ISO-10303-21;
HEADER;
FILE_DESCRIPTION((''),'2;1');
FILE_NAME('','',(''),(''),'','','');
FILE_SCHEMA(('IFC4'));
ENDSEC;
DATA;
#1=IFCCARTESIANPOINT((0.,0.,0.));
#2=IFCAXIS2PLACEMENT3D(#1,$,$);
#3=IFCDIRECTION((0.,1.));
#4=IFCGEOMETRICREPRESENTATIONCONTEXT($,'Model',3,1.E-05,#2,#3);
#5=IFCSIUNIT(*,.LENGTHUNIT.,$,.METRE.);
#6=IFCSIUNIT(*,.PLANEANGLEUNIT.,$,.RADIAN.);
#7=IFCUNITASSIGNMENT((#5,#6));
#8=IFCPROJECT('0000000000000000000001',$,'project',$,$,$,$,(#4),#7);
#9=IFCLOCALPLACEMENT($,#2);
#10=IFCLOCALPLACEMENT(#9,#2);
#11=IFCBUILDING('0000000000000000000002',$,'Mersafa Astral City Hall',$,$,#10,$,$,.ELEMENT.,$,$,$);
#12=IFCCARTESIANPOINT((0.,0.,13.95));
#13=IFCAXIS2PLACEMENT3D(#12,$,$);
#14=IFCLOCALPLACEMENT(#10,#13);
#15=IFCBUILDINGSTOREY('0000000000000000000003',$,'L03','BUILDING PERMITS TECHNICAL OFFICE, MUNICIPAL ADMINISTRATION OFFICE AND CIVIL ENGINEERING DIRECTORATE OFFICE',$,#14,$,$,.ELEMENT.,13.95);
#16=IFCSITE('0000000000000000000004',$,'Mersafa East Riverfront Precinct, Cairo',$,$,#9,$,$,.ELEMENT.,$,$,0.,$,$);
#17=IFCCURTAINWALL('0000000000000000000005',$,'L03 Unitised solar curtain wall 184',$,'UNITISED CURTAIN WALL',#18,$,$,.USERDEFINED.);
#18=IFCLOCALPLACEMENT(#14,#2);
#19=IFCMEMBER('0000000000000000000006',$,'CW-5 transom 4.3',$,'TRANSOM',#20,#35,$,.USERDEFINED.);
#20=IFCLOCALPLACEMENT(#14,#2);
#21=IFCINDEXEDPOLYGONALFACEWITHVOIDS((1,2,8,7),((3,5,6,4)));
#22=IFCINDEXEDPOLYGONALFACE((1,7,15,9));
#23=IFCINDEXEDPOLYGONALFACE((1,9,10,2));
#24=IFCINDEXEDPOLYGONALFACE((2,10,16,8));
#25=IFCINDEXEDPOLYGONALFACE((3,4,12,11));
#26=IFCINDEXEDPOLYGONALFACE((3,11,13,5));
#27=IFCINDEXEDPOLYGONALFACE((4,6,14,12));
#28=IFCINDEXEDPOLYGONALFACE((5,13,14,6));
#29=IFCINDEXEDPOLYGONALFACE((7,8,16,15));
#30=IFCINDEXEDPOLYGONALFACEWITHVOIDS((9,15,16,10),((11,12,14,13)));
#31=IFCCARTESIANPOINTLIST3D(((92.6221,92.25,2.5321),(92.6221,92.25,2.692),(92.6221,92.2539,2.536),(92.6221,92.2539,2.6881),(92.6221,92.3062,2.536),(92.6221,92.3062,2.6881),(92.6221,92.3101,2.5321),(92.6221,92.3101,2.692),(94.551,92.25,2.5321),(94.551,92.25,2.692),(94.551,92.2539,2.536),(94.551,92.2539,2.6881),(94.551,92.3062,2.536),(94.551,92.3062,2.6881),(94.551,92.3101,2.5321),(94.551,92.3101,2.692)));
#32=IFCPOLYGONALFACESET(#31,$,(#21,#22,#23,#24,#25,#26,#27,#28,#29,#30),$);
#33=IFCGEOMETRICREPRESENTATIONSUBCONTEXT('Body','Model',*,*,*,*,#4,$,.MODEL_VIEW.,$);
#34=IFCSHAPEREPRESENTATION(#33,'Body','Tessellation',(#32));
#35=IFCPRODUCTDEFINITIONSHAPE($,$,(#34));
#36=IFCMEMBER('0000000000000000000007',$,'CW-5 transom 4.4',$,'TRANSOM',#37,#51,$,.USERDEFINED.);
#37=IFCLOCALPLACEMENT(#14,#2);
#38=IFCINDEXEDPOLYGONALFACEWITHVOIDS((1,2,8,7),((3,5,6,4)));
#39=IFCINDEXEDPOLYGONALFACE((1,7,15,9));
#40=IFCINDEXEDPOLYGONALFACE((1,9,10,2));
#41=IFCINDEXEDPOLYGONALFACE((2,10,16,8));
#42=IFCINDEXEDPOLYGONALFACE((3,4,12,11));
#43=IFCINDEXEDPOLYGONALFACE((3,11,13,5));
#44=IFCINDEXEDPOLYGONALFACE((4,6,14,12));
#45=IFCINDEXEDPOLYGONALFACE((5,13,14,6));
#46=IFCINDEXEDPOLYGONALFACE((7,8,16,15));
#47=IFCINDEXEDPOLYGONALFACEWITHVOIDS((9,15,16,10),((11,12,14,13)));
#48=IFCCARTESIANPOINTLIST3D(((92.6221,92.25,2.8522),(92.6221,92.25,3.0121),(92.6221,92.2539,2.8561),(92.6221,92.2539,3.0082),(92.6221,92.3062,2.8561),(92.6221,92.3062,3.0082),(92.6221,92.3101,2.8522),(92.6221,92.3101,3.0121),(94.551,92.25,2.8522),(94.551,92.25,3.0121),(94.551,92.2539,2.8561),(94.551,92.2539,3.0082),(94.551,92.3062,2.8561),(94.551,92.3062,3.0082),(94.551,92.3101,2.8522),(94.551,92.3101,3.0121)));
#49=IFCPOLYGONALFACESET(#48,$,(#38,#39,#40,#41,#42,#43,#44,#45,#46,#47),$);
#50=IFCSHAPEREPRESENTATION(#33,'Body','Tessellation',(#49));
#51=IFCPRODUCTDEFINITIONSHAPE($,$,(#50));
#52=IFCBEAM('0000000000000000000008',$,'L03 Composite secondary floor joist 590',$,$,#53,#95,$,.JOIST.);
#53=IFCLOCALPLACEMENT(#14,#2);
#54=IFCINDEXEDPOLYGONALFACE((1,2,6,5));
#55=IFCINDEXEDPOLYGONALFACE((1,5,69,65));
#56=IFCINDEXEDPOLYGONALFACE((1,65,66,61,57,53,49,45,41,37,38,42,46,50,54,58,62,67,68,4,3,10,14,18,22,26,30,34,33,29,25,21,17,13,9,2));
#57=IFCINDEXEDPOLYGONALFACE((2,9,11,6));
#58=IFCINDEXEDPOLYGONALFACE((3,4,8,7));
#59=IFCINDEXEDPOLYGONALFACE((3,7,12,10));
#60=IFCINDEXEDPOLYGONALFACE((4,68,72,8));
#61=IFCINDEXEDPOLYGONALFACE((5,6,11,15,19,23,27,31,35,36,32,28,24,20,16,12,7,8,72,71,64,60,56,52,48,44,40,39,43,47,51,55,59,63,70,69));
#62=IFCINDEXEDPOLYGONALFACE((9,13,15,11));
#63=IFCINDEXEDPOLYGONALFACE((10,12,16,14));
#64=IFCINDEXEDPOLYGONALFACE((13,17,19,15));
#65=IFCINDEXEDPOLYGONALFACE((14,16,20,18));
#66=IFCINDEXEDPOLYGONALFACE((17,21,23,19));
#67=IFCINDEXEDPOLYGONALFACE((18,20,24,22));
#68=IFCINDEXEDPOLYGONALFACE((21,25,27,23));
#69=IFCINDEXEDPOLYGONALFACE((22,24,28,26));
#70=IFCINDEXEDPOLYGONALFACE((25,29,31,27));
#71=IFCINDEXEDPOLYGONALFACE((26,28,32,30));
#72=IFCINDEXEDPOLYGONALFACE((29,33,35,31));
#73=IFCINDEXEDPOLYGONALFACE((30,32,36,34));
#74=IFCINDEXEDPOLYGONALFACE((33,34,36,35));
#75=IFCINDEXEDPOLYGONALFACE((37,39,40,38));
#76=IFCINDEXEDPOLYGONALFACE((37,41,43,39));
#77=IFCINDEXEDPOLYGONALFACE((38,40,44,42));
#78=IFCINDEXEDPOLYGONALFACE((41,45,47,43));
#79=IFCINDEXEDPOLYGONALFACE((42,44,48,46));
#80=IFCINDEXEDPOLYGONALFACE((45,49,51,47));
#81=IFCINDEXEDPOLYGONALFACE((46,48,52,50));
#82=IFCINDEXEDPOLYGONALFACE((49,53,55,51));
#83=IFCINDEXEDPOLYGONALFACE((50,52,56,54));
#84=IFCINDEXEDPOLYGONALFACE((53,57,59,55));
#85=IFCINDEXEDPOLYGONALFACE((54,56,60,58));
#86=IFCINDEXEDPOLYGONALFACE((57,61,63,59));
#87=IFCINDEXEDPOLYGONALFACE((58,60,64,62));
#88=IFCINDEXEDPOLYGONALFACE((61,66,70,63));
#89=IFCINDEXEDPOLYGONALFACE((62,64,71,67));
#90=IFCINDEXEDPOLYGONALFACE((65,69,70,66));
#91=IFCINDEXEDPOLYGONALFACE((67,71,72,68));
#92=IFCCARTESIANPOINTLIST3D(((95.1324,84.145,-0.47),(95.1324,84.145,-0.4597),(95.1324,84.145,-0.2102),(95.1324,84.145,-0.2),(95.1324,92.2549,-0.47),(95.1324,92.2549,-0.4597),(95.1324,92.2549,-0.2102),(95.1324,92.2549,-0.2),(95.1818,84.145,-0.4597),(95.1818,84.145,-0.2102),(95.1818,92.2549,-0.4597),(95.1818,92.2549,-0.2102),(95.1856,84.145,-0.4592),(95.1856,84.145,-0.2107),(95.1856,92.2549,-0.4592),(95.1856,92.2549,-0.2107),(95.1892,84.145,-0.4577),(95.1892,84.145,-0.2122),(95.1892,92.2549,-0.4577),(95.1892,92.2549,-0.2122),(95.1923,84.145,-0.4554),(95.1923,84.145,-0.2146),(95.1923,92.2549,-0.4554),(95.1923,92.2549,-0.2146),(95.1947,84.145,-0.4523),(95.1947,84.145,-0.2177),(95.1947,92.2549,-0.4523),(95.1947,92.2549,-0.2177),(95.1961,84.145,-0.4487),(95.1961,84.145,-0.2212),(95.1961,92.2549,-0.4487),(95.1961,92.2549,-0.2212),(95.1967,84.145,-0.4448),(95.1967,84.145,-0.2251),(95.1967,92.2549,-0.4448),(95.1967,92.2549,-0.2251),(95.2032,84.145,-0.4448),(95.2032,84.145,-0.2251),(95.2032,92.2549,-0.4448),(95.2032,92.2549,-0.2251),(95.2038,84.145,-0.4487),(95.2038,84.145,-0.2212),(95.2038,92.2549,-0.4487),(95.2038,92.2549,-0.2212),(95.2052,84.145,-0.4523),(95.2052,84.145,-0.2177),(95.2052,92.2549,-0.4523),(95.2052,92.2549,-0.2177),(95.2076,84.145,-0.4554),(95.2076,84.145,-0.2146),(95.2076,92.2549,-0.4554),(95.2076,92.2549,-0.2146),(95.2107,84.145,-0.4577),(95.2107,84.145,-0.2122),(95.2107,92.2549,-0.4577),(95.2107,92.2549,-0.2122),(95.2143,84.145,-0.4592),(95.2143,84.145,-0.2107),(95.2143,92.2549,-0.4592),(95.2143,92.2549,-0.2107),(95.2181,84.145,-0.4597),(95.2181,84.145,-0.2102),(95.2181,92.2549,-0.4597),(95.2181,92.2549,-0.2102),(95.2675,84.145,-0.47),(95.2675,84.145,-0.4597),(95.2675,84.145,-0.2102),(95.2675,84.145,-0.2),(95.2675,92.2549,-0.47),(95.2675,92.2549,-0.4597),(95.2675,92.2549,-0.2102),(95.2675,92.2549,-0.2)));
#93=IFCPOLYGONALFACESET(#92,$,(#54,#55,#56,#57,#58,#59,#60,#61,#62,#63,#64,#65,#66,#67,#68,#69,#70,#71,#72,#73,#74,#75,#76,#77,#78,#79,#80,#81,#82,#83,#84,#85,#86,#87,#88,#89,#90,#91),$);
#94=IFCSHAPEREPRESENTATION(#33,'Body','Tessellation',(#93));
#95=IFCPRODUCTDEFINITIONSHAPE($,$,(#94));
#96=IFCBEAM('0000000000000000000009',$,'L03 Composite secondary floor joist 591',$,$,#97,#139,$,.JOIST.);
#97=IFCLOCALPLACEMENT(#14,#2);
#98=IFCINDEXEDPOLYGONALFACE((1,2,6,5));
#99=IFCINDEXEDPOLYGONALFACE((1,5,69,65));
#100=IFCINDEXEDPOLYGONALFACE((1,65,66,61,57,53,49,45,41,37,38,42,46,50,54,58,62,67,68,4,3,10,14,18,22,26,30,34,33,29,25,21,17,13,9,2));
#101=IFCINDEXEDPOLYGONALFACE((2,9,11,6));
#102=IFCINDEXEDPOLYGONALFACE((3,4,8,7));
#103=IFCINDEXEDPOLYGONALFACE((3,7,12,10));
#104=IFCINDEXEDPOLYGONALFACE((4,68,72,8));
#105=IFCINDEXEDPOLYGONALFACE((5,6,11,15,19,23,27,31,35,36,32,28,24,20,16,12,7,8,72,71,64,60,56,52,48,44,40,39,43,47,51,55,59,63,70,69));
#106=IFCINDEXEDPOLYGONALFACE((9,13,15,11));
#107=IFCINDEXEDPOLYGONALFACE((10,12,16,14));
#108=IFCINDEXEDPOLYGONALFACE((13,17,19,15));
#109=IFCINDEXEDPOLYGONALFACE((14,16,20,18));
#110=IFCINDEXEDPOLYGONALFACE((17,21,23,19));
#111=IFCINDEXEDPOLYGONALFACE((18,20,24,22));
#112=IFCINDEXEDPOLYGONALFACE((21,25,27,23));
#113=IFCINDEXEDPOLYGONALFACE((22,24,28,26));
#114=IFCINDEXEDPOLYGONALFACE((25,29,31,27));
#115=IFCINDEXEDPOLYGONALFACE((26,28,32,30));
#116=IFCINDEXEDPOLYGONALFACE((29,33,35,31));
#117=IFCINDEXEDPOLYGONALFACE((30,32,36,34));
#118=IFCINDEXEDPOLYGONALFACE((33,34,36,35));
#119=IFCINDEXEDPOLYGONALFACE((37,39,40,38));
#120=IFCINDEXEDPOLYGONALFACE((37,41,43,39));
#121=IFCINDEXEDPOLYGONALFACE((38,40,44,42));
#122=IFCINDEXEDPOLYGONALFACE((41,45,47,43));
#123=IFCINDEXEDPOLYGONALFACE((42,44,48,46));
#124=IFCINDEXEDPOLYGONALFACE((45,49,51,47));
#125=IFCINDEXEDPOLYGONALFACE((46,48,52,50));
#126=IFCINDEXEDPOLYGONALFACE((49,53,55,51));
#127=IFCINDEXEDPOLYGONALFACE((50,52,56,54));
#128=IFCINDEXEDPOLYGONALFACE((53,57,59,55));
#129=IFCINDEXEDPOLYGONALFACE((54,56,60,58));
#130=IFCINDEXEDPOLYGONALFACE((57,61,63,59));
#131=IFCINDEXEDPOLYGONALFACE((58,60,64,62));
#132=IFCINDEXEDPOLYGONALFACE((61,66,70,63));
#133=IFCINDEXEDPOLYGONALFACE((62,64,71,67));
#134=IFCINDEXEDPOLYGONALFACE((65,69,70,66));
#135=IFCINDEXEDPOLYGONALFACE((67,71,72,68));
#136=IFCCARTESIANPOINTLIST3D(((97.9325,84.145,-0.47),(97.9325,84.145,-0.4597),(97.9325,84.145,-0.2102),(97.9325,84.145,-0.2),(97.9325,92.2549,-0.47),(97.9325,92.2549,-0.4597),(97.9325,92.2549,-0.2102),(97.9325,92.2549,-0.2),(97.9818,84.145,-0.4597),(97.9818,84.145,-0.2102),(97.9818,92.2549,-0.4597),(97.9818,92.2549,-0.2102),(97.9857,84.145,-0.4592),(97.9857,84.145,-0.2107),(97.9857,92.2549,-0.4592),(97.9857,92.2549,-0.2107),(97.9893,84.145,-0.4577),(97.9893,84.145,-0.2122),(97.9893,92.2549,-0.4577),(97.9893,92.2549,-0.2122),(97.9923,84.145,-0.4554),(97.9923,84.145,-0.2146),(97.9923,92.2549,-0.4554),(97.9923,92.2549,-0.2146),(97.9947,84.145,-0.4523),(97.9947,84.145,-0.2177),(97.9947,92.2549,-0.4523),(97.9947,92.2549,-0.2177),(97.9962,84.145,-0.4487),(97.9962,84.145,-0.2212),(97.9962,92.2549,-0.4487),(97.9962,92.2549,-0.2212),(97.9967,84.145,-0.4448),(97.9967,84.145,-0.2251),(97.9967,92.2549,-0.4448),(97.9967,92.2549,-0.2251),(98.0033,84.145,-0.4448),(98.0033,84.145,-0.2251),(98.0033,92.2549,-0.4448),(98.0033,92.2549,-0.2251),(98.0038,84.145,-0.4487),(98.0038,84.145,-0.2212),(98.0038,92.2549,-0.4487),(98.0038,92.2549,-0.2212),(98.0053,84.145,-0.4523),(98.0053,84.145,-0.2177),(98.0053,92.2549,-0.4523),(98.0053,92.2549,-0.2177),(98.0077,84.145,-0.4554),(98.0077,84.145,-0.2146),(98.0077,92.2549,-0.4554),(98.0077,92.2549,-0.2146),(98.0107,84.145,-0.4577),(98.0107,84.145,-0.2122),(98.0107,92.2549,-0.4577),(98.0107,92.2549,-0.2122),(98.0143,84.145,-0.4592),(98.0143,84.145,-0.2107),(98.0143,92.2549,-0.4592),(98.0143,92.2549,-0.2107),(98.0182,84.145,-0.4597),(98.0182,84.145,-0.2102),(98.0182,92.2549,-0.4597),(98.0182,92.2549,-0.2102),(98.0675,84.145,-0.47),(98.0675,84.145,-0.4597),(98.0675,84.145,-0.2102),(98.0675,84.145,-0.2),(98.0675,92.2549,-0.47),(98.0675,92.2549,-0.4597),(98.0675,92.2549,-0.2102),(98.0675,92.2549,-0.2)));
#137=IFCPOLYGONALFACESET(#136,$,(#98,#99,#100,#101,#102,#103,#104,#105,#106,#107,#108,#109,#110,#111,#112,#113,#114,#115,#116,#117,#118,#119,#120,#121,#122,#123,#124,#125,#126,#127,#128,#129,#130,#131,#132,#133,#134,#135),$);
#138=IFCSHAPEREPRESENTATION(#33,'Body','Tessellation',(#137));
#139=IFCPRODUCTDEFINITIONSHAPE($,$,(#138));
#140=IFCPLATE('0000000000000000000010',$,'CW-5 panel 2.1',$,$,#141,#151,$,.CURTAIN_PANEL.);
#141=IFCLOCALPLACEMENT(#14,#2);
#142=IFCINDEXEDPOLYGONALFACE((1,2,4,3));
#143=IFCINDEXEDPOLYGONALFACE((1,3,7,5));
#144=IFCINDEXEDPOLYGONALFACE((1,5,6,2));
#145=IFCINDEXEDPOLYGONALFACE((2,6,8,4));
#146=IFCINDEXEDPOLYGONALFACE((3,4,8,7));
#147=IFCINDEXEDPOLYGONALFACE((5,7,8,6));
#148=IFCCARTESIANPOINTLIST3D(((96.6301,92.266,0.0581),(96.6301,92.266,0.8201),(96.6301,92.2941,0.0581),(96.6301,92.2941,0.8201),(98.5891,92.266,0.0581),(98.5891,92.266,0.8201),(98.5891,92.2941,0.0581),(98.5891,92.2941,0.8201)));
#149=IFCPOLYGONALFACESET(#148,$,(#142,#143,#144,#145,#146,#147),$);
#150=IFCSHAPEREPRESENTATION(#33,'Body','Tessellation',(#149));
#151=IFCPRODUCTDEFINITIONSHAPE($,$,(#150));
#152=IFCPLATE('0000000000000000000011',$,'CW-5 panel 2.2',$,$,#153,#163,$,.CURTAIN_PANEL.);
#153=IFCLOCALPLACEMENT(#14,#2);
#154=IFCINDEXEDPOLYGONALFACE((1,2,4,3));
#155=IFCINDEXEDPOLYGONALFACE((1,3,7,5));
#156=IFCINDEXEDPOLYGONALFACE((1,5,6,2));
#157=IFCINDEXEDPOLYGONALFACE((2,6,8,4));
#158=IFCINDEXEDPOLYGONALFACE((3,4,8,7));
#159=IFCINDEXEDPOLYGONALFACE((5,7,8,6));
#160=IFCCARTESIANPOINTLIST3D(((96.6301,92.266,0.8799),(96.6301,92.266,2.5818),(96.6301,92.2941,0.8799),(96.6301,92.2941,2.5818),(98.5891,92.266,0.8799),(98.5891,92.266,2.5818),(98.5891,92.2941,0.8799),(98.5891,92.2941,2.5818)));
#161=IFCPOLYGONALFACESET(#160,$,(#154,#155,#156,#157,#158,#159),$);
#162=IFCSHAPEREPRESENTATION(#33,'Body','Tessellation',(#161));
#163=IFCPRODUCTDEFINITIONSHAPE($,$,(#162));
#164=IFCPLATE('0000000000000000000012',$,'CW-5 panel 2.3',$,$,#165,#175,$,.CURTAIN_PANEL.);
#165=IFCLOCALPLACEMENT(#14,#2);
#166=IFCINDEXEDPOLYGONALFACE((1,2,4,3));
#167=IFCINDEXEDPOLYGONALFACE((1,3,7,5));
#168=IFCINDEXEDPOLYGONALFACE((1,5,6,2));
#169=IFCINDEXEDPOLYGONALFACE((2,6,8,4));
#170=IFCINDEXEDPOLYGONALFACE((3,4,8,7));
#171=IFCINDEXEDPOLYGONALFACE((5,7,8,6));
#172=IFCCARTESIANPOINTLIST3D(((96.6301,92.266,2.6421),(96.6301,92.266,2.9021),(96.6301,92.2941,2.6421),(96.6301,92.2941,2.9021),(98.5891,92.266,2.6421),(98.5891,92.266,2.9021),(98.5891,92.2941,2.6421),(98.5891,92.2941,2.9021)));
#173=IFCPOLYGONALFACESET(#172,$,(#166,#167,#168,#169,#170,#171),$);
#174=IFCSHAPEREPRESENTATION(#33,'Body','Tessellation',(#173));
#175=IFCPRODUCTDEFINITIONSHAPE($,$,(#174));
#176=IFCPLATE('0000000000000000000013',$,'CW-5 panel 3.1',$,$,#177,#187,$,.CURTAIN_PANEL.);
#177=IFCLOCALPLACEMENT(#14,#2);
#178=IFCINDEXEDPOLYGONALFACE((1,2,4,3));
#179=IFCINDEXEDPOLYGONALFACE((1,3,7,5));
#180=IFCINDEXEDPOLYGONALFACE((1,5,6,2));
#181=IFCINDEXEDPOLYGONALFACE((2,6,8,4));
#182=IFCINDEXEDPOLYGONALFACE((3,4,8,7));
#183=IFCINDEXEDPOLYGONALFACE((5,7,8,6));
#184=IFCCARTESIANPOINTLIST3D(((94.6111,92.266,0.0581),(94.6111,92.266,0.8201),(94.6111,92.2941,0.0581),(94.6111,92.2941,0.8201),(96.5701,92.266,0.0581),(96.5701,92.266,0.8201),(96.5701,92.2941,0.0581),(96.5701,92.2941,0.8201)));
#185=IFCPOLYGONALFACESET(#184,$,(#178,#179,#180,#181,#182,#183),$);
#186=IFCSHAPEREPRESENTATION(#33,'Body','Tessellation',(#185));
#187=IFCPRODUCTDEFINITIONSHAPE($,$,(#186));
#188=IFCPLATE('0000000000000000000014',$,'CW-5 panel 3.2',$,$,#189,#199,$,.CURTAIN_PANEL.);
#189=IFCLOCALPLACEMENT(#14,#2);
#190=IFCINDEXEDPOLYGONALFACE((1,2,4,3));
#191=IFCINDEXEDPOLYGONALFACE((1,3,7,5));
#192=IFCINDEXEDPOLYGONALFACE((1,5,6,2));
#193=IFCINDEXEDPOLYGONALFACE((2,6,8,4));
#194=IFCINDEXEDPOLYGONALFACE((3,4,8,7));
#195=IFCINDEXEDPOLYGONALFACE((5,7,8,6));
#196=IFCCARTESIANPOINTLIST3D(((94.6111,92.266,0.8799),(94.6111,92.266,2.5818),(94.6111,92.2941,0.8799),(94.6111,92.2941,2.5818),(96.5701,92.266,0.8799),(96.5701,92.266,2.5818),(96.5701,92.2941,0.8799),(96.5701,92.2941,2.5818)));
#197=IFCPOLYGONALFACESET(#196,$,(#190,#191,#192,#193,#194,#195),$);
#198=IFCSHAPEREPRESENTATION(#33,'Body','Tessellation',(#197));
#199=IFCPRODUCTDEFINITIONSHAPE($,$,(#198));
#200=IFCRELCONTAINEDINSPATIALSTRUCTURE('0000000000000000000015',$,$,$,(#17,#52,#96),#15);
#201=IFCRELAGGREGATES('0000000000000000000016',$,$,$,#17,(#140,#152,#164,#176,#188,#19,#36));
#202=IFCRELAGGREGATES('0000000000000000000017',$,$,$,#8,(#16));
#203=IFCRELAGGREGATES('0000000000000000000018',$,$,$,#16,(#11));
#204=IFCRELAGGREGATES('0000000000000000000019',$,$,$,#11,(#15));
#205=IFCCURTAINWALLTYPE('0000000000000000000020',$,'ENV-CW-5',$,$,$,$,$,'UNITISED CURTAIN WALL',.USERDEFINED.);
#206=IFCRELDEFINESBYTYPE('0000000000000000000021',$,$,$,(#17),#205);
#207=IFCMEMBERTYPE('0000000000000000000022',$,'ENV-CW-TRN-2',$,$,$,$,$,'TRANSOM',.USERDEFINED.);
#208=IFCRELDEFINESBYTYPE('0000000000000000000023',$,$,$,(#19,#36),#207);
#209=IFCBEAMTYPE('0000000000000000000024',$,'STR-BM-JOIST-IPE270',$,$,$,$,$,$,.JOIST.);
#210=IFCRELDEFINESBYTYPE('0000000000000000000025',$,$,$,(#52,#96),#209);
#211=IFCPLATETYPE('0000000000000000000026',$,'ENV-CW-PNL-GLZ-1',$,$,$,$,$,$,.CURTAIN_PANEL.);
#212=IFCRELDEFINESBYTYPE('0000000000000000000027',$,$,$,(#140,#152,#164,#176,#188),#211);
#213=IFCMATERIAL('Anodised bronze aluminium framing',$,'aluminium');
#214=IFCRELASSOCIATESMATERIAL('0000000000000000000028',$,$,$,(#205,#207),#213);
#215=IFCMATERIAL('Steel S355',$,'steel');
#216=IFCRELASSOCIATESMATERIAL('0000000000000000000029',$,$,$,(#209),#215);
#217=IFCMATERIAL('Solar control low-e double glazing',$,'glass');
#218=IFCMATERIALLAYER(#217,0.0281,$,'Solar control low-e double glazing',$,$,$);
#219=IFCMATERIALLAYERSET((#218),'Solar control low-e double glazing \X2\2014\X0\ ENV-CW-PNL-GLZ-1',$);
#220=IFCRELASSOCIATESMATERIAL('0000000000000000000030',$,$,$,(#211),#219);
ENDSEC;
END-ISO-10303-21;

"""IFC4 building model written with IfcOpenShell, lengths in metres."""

from ifc_helpers import new_model, si_unit, direction, frame, origin, origin_2d, place, context, subcontext, project, spatial, rectangle, hollow_rectangle, i_section, extrude, material, layer, layer_set, material_profile, profile_set, type_object, element, aggregate, save


model = new_model("IFC4")

# Units and contexts
model_context = context("Model", 3, precision=1e-05, world=origin(), true_north=direction((0.0, 1.0)))
body_context = subcontext(model_context, "Body", "Model", "MODEL_VIEW")
ifc_project = project(units=[si_unit("LENGTHUNIT", "METRE"), si_unit("PLANEANGLEUNIT", "RADIAN")], contexts=[model_context])

# Site, building, storey
site_placement = place(None, origin())
site = spatial("IfcSite", under=ifc_project, at=site_placement, Name="Mersafa East Riverfront Precinct, Cairo", CompositionType="ELEMENT", RefElevation=0.0)
building_placement = place(site_placement, origin())
building = spatial("IfcBuilding", under=site, at=building_placement, Name="Mersafa Astral City Hall", CompositionType="ELEMENT")
storey_placement = place(building_placement, frame((0.0, 0.0, 13.95)))
storey = spatial("IfcBuildingStorey", under=building, at=storey_placement, Name="L03", Description="BUILDING PERMITS TECHNICAL OFFICE, MUNICIPAL ADMINISTRATION OFFICE AND CIVIL ENGINEERING DIRECTORATE OFFICE", CompositionType="ELEMENT", Elevation=13.95)

# Curtain wall, members
ifc_material_1 = material(Name="Anodised bronze aluminium framing", Category="aluminium")
curtain_wall_type = type_object("IfcCurtainWallType", Name="ENV-CW-5", ElementType="UNITISED CURTAIN WALL", PredefinedType="USERDEFINED", material=ifc_material_1)
curtain_wall_placement = place(storey_placement, origin())
curtain_wall = element("IfcCurtainWall", 1, at=curtain_wall_placement, inside=storey, type_object=curtain_wall_type, Name="L03 Unitised solar curtain wall 184", ObjectType="UNITISED CURTAIN WALL", PredefinedType="USERDEFINED")
ifc_material_profile_1 = material_profile(ifc_material_1, hollow_rectangle(XDim=0.0601, YDim=0.1599, WallThickness=0.0039, at=origin_2d()), Name="RHS 60x160x4")
ifc_profile_set_1 = profile_set([ifc_material_profile_1], Name="Anodised bronze aluminium framing")
member_type_1 = type_object("IfcMemberType", Name="ENV-CW-TRN-2", ElementType="TRANSOM", PredefinedType="USERDEFINED", material=ifc_profile_set_1)
member_1_placement = place(storey_placement, frame((94.551, 92.28, 2.6121), z_axis=(-1.0, 0.0, 0.0), x_axis=(0.0, -1.0, 0.0)))
member_1 = element("IfcMember", 2, at=member_1_placement, type_object=member_type_1, Name="CW-5 transom 4.3", ObjectType="TRANSOM", PredefinedType="USERDEFINED", context=body_context, shape_type="SweptSolid", body=[
    extrude(hollow_rectangle(XDim=0.0601, YDim=0.1599, WallThickness=0.0039, at=origin_2d()), origin(), (0.0, 0.0, 1.0), 1.929),
])
member_2_placement = place(storey_placement, frame((94.551, 92.28, 2.9321), z_axis=(-1.0, 0.0, 0.0), x_axis=(0.0, -1.0, 0.0)))
member_2 = element("IfcMember", 3, at=member_2_placement, type_object=member_type_1, Name="CW-5 transom 4.4", ObjectType="TRANSOM", PredefinedType="USERDEFINED", context=body_context, shape_type="SweptSolid", body=[
    extrude(hollow_rectangle(XDim=0.0601, YDim=0.1599, WallThickness=0.0039, at=origin_2d()), origin(), (0.0, 0.0, 1.0), 1.929),
])

# Beams
ifc_material_2 = material(Name="Steel S355", Category="steel")
ifc_material_profile_2 = material_profile(ifc_material_2, i_section(OverallWidth=0.135, OverallDepth=0.27, WebThickness=0.0066, FlangeThickness=0.0103, FilletRadius=0.0149, at=origin_2d()), Name="IPE 270")
ifc_profile_set_2 = profile_set([ifc_material_profile_2], Name="Steel S355")
beam_type = type_object("IfcBeamType", Name="STR-BM-JOIST-IPE270", PredefinedType="JOIST", material=ifc_profile_set_2)
for number, where, z_axis, x_axis, name in (
    (4, (95.2, 84.145, -0.335), (0.0, 1.0, 0.0), (-1.0, 0.0, 0.0), "L03 Composite secondary floor joist 590"),
    (5, (98.0, 84.145, -0.335), (0.0, 1.0, 0.0), (-1.0, 0.0, 0.0), "L03 Composite secondary floor joist 591"),
):
    element("IfcBeam", number, at=place(storey_placement, frame(where, z_axis=z_axis, x_axis=x_axis)), inside=storey, type_object=beam_type, Name=name, PredefinedType="JOIST", context=body_context, shape_type="SweptSolid", body=[
        extrude(i_section(OverallWidth=0.135, OverallDepth=0.27, WebThickness=0.0066, FlangeThickness=0.0103, FilletRadius=0.0149, at=origin_2d()), origin(), (0.0, 0.0, 1.0), 8.1099),
    ])

# Plates
ifc_material_3 = material(Name="Solar control low-e double glazing", Category="glass")
ifc_layer = layer(ifc_material_3, 0.0281, Name="Solar control low-e double glazing")
ifc_layer_set = layer_set([ifc_layer], Name="Solar control low-e double glazing — ENV-CW-PNL-GLZ-1")
plate_type = type_object("IfcPlateType", Name="ENV-CW-PNL-GLZ-1", PredefinedType="CURTAIN_PANEL", material=ifc_layer_set)
plate_1_placement = place(storey_placement, frame((97.6096, 92.28, 0.0581), z_axis=(0.0, 0.0, 1.0), x_axis=(-1.0, 0.0, 0.0)))
plate_1 = element("IfcPlate", 6, at=plate_1_placement, type_object=plate_type, Name="CW-5 panel 2.1", PredefinedType="CURTAIN_PANEL", context=body_context, shape_type="SweptSolid", body=[
    extrude(rectangle(XDim=1.959, YDim=0.0281, at=origin_2d()), origin(), (0.0, 0.0, 1.0), 0.762),
])
plate_2_placement = place(storey_placement, frame((97.6096, 92.28, 0.8799), z_axis=(0.0, 0.0, 1.0), x_axis=(-1.0, 0.0, 0.0)))
plate_2 = element("IfcPlate", 7, at=plate_2_placement, type_object=plate_type, Name="CW-5 panel 2.2", PredefinedType="CURTAIN_PANEL", context=body_context, shape_type="SweptSolid", body=[
    extrude(rectangle(XDim=1.959, YDim=0.0281, at=origin_2d()), origin(), (0.0, 0.0, 1.0), 1.7019),
])
plate_3_placement = place(storey_placement, frame((97.6096, 92.28, 2.6421), z_axis=(0.0, 0.0, 1.0), x_axis=(-1.0, 0.0, 0.0)))
plate_3 = element("IfcPlate", 8, at=plate_3_placement, type_object=plate_type, Name="CW-5 panel 2.3", PredefinedType="CURTAIN_PANEL", context=body_context, shape_type="SweptSolid", body=[
    extrude(rectangle(XDim=1.959, YDim=0.0281, at=origin_2d()), origin(), (0.0, 0.0, 1.0), 0.26),
])
plate_4_placement = place(storey_placement, frame((95.5906, 92.28, 0.0581), z_axis=(0.0, 0.0, 1.0), x_axis=(-1.0, 0.0, 0.0)))
plate_4 = element("IfcPlate", 9, at=plate_4_placement, type_object=plate_type, Name="CW-5 panel 3.1", PredefinedType="CURTAIN_PANEL", context=body_context, shape_type="SweptSolid", body=[
    extrude(rectangle(XDim=1.959, YDim=0.0281, at=origin_2d()), origin(), (0.0, 0.0, 1.0), 0.762),
])
plate_5_placement = place(storey_placement, frame((95.5906, 92.28, 0.8799), z_axis=(0.0, 0.0, 1.0), x_axis=(-1.0, 0.0, 0.0)))
plate_5 = element("IfcPlate", 10, at=plate_5_placement, type_object=plate_type, Name="CW-5 panel 3.2", PredefinedType="CURTAIN_PANEL", context=body_context, shape_type="SweptSolid", body=[
    extrude(rectangle(XDim=1.959, YDim=0.0281, at=origin_2d()), origin(), (0.0, 0.0, 1.0), 1.7019),
])
aggregate(curtain_wall, [plate_1, plate_2, plate_3, plate_4, plate_5, member_1, member_2])

save(model, "model.ifc")
